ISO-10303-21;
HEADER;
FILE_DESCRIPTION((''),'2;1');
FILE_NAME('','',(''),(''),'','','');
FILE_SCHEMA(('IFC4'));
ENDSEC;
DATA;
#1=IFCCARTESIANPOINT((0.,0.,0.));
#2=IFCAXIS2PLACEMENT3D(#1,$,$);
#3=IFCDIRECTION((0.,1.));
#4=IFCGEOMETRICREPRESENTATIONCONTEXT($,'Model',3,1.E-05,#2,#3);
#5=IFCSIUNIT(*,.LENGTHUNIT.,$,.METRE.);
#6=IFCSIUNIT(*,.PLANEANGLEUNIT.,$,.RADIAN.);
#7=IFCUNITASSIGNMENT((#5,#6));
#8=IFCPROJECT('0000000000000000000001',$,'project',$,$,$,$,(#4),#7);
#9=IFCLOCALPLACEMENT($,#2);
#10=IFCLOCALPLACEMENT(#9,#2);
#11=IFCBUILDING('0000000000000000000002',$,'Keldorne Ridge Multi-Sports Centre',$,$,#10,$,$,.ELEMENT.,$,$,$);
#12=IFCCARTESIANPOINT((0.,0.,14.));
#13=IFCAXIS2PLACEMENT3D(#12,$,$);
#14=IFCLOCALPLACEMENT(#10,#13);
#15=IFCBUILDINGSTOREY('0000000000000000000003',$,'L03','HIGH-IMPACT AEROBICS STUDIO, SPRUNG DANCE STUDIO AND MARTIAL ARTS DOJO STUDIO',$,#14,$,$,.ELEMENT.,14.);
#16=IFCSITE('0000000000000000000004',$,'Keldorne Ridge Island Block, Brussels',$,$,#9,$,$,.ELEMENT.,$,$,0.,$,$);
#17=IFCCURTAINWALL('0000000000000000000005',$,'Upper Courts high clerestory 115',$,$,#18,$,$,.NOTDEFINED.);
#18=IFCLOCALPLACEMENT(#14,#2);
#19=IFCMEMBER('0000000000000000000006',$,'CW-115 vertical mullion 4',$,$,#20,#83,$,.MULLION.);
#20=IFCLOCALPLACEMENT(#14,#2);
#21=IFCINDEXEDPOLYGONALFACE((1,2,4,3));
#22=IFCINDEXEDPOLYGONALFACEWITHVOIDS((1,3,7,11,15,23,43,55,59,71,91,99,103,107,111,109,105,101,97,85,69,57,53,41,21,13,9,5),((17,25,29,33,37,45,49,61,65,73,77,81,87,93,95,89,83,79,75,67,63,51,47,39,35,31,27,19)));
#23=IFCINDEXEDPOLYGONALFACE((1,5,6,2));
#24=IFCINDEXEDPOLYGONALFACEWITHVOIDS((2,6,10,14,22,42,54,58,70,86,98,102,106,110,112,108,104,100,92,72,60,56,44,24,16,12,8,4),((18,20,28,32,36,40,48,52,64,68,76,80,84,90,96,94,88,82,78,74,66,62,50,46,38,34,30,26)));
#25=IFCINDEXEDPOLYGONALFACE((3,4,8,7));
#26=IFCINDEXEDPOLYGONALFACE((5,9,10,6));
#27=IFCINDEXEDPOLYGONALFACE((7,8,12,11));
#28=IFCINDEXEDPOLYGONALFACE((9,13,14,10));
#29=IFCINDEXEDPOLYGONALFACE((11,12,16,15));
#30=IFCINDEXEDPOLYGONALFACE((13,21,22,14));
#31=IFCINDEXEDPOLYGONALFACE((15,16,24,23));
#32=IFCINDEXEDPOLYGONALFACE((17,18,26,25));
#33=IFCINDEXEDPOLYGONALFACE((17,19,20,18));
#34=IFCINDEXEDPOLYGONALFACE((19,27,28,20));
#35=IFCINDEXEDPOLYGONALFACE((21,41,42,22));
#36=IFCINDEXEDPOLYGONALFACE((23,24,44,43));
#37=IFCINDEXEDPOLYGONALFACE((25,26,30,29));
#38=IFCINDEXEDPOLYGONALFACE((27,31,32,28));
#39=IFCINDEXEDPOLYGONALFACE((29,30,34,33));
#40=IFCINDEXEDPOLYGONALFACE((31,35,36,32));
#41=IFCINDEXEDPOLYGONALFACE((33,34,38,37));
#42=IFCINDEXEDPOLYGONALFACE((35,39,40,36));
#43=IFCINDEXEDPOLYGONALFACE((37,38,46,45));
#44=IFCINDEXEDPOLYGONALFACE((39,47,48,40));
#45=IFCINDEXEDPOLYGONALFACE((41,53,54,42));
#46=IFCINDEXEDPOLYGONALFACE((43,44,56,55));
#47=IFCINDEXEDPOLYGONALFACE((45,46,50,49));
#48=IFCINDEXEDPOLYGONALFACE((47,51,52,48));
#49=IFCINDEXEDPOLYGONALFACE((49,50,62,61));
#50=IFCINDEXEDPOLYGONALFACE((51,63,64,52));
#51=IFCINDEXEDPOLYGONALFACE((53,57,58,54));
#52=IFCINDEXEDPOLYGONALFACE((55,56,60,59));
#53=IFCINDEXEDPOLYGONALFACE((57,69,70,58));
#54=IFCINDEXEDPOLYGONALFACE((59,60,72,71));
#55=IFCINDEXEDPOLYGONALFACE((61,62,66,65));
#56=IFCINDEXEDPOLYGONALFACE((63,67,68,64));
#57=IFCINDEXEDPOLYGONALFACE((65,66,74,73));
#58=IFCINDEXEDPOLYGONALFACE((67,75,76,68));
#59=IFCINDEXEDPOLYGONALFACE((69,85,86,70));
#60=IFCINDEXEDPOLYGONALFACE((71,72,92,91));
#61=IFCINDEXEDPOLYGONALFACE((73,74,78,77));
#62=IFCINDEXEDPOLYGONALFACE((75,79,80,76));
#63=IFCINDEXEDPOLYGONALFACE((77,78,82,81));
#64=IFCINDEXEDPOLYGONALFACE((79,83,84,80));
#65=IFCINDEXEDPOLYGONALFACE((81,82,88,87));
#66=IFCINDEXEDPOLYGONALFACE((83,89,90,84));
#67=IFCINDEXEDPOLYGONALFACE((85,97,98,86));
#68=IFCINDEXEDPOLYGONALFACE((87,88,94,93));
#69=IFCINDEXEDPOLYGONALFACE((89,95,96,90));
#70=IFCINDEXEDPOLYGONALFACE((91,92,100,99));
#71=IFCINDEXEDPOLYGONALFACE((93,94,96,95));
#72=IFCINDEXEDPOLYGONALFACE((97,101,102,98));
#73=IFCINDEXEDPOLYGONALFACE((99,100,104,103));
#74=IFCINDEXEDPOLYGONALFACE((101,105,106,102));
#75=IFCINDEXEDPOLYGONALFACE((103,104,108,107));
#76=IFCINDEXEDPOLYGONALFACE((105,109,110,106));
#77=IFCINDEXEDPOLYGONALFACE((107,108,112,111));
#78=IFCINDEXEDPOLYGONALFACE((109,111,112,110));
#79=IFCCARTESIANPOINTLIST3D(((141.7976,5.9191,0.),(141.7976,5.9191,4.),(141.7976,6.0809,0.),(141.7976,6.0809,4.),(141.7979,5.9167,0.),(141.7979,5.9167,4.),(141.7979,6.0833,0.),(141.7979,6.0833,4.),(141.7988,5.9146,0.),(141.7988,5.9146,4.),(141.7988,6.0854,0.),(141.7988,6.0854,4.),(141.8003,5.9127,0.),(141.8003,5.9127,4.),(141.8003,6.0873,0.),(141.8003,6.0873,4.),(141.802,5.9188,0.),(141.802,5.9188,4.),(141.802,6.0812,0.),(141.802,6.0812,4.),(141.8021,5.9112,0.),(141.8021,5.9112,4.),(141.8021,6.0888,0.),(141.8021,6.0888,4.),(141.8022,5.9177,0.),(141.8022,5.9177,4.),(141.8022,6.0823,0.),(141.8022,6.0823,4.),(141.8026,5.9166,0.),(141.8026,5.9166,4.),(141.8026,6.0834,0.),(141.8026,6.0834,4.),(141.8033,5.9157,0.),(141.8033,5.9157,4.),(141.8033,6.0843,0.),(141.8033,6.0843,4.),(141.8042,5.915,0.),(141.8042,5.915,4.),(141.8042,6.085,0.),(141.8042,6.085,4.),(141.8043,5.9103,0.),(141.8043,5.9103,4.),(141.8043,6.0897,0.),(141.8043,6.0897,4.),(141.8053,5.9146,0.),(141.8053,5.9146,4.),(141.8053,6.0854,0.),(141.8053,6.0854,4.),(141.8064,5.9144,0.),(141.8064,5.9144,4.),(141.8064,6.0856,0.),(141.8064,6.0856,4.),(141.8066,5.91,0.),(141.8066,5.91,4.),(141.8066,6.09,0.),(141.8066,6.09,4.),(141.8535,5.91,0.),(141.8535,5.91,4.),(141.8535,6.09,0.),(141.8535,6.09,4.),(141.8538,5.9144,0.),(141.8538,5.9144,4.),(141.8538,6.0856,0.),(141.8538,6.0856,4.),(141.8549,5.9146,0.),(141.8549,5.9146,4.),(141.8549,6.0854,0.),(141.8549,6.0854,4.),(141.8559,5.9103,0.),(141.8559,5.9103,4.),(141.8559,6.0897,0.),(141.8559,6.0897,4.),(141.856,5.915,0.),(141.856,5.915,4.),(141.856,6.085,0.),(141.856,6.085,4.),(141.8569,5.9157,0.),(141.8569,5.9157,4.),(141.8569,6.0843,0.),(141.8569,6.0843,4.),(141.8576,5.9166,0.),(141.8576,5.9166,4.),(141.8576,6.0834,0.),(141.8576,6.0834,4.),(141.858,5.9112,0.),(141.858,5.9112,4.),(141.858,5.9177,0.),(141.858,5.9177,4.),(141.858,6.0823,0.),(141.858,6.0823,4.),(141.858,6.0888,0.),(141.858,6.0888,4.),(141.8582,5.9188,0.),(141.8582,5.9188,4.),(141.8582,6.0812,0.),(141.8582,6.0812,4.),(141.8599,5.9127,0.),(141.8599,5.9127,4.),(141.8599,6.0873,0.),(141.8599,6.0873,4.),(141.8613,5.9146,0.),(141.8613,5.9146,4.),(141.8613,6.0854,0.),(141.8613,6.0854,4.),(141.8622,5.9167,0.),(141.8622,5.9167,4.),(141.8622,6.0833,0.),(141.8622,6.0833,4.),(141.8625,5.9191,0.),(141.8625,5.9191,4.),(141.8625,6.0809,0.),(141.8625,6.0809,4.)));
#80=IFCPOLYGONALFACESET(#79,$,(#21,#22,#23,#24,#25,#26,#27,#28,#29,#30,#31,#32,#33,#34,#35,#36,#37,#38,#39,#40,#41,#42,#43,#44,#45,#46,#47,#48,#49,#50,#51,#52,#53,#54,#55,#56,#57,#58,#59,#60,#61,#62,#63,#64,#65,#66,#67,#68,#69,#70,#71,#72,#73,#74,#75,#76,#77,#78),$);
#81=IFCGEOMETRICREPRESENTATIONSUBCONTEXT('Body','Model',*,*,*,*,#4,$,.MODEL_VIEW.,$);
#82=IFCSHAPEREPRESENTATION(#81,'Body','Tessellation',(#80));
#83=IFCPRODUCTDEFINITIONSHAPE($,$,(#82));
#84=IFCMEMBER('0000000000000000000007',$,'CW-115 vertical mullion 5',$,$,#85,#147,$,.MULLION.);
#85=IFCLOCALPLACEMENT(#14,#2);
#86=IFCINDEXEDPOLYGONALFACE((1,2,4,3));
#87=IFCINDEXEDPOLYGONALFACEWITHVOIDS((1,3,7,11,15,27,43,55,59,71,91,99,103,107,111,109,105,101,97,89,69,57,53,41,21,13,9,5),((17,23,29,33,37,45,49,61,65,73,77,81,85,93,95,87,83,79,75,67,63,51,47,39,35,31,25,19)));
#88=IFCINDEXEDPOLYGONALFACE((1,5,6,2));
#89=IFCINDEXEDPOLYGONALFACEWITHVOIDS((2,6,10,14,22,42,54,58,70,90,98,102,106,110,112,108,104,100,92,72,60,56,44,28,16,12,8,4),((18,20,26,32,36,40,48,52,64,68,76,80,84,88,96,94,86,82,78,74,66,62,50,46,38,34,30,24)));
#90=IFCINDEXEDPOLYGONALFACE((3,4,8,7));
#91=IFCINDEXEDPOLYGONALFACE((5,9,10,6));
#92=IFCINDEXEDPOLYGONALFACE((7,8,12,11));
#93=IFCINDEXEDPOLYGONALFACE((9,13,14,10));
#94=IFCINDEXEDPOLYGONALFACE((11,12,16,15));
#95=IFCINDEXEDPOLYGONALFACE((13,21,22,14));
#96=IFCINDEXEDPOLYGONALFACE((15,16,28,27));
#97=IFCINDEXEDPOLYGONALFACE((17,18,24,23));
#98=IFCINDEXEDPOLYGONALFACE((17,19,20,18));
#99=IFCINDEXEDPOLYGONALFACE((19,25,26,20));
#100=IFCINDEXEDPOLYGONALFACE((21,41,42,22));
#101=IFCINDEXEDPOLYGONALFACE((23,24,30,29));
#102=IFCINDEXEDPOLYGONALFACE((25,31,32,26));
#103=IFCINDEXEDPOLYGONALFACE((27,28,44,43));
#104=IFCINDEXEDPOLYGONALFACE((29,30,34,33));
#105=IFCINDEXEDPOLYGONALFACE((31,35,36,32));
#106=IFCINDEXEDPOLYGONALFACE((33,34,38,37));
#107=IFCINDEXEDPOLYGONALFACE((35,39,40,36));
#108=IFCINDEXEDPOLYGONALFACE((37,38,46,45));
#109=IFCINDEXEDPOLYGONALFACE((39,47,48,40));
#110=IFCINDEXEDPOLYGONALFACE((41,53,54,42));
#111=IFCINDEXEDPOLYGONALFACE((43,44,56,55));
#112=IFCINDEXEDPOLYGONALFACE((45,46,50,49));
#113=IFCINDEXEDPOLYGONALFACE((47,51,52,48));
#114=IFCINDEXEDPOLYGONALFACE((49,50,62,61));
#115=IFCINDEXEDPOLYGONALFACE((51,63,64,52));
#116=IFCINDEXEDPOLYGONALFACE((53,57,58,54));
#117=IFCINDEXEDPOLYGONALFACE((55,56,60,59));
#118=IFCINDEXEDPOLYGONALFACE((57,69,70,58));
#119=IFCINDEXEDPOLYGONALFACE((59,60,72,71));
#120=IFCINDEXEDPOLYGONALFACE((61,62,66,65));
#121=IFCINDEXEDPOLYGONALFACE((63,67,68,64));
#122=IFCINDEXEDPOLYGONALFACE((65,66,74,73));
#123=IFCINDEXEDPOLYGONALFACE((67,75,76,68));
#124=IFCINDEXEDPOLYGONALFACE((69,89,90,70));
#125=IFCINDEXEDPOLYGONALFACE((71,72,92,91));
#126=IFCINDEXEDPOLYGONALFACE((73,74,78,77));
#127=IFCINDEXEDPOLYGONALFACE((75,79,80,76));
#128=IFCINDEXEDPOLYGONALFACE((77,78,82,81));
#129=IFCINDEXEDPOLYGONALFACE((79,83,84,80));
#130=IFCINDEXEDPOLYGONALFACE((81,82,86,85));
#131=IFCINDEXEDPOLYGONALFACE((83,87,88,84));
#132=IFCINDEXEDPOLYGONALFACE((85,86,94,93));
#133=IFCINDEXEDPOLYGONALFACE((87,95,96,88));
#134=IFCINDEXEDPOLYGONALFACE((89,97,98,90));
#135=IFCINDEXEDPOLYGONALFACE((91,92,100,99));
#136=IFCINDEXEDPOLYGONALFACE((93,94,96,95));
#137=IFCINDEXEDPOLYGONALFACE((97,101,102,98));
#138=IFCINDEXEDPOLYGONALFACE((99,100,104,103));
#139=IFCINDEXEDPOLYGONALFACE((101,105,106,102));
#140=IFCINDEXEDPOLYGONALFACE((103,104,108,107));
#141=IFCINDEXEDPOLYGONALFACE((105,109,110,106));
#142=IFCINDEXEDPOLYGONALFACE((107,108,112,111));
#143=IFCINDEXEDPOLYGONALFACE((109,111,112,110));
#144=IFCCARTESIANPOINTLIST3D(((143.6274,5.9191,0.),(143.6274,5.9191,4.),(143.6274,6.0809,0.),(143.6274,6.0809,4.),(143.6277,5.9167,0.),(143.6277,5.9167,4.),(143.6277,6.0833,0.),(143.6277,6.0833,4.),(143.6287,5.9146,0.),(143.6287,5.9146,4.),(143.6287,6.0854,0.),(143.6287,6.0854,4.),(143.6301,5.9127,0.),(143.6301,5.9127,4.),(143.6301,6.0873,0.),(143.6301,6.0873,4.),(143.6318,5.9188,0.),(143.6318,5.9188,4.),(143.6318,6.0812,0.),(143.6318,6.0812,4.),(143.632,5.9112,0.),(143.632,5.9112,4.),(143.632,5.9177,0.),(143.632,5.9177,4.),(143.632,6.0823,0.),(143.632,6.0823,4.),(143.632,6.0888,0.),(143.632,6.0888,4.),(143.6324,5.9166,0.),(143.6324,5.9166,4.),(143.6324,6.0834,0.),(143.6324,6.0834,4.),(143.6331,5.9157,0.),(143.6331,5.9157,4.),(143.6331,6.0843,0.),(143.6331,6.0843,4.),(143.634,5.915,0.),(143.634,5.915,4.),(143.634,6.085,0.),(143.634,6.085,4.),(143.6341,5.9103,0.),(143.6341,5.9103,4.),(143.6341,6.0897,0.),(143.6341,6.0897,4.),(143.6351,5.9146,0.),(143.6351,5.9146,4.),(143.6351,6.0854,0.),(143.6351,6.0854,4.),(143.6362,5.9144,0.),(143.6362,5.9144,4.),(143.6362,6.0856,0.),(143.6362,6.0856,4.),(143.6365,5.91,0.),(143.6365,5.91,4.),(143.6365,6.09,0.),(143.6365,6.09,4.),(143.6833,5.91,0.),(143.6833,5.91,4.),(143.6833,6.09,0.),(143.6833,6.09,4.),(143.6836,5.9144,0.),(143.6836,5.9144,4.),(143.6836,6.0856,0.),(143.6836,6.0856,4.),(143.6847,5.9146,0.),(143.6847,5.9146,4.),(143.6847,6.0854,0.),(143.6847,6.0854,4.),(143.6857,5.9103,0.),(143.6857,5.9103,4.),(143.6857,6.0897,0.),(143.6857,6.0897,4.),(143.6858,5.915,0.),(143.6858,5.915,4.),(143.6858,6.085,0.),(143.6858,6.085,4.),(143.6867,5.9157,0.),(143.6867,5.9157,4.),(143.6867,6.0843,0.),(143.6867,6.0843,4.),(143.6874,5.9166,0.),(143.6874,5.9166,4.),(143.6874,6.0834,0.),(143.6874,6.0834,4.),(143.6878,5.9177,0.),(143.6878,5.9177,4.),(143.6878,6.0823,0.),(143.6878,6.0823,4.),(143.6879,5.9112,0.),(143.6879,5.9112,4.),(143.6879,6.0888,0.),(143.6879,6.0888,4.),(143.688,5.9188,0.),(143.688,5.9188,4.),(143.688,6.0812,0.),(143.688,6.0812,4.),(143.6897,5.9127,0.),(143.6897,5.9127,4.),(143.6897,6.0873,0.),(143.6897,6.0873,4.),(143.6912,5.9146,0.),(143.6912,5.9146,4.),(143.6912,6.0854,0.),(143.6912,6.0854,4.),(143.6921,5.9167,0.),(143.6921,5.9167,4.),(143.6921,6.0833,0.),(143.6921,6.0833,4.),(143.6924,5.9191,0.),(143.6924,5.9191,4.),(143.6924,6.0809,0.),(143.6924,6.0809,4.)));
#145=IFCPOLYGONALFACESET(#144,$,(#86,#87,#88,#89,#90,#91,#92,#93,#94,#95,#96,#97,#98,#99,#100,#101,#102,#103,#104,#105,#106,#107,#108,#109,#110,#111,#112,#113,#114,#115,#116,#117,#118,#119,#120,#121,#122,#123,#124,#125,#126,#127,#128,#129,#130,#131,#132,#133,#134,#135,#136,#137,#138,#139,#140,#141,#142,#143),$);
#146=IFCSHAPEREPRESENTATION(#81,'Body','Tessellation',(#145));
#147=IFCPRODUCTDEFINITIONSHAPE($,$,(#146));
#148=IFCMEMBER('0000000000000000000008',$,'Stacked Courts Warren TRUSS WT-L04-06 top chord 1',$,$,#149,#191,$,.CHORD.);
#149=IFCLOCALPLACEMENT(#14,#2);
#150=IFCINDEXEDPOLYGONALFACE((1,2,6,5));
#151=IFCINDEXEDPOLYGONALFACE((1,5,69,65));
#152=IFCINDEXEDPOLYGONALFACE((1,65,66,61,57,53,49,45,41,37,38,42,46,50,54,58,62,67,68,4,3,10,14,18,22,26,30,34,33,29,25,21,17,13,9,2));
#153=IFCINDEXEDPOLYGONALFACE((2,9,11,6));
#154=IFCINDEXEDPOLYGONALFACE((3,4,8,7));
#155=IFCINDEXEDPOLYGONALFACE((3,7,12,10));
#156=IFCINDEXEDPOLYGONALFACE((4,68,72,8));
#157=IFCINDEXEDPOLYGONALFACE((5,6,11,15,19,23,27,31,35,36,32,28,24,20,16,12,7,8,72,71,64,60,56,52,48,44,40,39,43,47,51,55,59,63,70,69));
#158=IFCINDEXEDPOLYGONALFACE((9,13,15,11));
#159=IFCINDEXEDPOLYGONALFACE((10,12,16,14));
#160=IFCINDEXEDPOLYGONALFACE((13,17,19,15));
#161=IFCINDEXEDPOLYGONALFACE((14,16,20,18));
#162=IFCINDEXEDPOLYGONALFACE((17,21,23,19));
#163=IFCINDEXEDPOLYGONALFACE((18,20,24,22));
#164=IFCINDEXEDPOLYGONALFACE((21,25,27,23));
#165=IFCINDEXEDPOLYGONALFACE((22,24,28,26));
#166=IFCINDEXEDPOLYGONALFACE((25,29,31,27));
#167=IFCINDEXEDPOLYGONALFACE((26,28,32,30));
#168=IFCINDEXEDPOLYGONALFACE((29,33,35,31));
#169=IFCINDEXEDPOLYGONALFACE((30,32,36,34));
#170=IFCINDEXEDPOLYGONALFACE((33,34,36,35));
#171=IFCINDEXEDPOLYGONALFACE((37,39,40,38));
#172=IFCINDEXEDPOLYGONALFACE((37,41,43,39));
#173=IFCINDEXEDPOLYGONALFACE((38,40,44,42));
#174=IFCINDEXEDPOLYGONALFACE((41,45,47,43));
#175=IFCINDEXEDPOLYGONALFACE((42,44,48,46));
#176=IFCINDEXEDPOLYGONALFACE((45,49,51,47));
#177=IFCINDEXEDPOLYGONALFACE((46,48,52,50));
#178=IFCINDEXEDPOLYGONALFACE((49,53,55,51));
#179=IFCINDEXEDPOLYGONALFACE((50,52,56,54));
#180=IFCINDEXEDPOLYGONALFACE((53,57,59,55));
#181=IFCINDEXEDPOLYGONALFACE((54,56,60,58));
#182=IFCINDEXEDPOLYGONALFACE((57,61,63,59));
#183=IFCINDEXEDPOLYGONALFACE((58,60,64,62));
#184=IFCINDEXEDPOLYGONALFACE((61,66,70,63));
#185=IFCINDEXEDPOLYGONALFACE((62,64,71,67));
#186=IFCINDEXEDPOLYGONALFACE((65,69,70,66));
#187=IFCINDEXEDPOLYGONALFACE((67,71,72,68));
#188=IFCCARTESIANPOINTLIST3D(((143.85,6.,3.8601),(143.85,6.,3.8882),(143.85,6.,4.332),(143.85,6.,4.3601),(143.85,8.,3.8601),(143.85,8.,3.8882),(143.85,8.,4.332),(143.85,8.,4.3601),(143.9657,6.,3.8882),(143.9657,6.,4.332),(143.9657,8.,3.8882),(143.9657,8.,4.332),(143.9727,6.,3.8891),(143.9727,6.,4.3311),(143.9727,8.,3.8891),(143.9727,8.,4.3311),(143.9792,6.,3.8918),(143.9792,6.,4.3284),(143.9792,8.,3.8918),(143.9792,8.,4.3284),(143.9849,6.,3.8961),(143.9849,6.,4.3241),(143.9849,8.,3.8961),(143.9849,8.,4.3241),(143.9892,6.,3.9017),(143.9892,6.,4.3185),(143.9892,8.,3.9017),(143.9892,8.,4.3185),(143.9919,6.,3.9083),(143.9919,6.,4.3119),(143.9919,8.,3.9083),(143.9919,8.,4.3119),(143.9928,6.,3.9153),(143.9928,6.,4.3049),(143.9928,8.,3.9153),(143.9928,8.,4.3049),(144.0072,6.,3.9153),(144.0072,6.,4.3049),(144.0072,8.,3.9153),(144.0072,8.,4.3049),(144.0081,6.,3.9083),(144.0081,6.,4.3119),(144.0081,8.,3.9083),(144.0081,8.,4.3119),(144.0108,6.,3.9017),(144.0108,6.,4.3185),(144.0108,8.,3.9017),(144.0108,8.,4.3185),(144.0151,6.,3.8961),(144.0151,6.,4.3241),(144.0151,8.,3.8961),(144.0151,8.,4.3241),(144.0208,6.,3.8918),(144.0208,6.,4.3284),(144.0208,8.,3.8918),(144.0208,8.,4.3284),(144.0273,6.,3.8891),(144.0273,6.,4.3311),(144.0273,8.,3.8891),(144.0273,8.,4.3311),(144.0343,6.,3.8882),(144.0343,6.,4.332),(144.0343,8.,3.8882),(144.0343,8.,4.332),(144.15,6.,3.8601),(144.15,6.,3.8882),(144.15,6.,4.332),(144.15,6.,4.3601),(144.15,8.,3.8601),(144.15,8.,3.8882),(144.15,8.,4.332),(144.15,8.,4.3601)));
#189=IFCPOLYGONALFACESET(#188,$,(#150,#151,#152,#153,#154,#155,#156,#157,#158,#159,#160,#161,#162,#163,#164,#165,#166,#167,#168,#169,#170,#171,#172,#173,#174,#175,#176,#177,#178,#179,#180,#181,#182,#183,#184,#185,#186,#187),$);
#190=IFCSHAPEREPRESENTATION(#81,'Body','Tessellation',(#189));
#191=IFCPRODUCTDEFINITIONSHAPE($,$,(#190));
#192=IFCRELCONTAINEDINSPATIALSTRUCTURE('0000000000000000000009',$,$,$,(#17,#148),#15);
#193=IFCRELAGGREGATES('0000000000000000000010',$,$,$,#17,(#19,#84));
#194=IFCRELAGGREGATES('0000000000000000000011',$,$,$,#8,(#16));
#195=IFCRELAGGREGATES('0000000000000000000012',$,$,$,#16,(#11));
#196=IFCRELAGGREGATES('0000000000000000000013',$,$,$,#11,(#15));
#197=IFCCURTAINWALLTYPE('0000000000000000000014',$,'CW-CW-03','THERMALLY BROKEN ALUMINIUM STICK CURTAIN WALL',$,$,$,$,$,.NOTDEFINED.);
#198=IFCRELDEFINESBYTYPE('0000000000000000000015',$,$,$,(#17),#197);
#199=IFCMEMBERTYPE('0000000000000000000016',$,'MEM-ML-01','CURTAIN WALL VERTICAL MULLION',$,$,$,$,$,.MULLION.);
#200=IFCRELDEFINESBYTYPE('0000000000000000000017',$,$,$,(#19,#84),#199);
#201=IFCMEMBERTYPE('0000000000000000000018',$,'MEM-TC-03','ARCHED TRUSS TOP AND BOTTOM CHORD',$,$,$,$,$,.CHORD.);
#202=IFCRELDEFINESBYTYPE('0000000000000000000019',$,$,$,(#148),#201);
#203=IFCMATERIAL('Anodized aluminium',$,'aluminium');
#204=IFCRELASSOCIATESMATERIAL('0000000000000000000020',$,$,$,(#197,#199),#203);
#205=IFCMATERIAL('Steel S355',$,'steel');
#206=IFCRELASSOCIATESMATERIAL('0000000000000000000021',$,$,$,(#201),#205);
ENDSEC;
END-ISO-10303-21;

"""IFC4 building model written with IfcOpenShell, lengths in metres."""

from ifc_helpers import new_model, si_unit, direction, frame, origin, origin_2d, place, context, subcontext, project, spatial, hollow_rectangle, i_section, extrude, material, material_profile, profile_set, type_object, element, aggregate, save


model = new_model("IFC4")

# Units and contexts
model_context = context("Model", 3, precision=1e-05, world=origin(), true_north=direction((0.0, 1.0)))
body_context = subcontext(model_context, "Body", "Model", "MODEL_VIEW")
ifc_project = project(units=[si_unit("LENGTHUNIT", "METRE"), si_unit("PLANEANGLEUNIT", "RADIAN")], contexts=[model_context])

# Site, building, storey
site_placement = place(None, origin())
site = spatial("IfcSite", under=ifc_project, at=site_placement, Name="Keldorne Ridge Island Block, Brussels", CompositionType="ELEMENT", RefElevation=0.0)
building_placement = place(site_placement, origin())
building = spatial("IfcBuilding", under=site, at=building_placement, Name="Keldorne Ridge Multi-Sports Centre", CompositionType="ELEMENT")
storey_placement = place(building_placement, frame((0.0, 0.0, 14.0)))
storey = spatial("IfcBuildingStorey", under=building, at=storey_placement, Name="L03", Description="HIGH-IMPACT AEROBICS STUDIO, SPRUNG DANCE STUDIO AND MARTIAL ARTS DOJO STUDIO", CompositionType="ELEMENT", Elevation=14.0)

# Shared definitions
ifc_material_1 = material(Name="Steel S355", Category="steel")

# Curtain wall, members
ifc_material_2 = material(Name="Anodized aluminium", Category="aluminium")
curtain_wall_type = type_object("IfcCurtainWallType", Name="CW-CW-03", Description="THERMALLY BROKEN ALUMINIUM STICK CURTAIN WALL", PredefinedType="NOTDEFINED", material=ifc_material_2)
curtain_wall_placement = place(storey_placement, origin())
curtain_wall = element("IfcCurtainWall", 1, at=curtain_wall_placement, inside=storey, type_object=curtain_wall_type, Name="Upper Courts high clerestory 115", PredefinedType="NOTDEFINED")
ifc_material_profile_1 = material_profile(ifc_material_2, hollow_rectangle(XDim=0.0649, YDim=0.1799, WallThickness=0.0044, InnerFilletRadius=0.0044, OuterFilletRadius=0.009, at=origin_2d()), Name="ALU MULLION 180x65x4.5")
ifc_profile_set_1 = profile_set([ifc_material_profile_1], Name="Anodized aluminium")
member_type_1 = type_object("IfcMemberType", Name="MEM-ML-01", Description="CURTAIN WALL VERTICAL MULLION", PredefinedType="MULLION", material=ifc_profile_set_1)
member_1_placement = place(storey_placement, frame((141.8301, 6.0, 0.0), z_axis=(0.0, 0.0, 1.0), x_axis=(1.0, 0.0, 0.0)))
member_1 = element("IfcMember", 2, at=member_1_placement, type_object=member_type_1, Name="CW-115 vertical mullion 4", PredefinedType="MULLION", context=body_context, shape_type="SweptSolid", body=[
    extrude(hollow_rectangle(XDim=0.0649, YDim=0.1799, WallThickness=0.0044, InnerFilletRadius=0.0044, OuterFilletRadius=0.009, at=origin_2d()), origin(), (0.0, 0.0, 1.0), 4.0),
])
member_2_placement = place(storey_placement, frame((143.6599, 6.0, 0.0), z_axis=(0.0, 0.0, 1.0), x_axis=(1.0, 0.0, 0.0)))
member_2 = element("IfcMember", 3, at=member_2_placement, type_object=member_type_1, Name="CW-115 vertical mullion 5", PredefinedType="MULLION", context=body_context, shape_type="SweptSolid", body=[
    extrude(hollow_rectangle(XDim=0.0649, YDim=0.1799, WallThickness=0.0044, InnerFilletRadius=0.0044, OuterFilletRadius=0.009, at=origin_2d()), origin(), (0.0, 0.0, 1.0), 4.0),
])

# Member
ifc_material_profile_2 = material_profile(ifc_material_1, i_section(OverallWidth=0.3, OverallDepth=0.5, WebThickness=0.0144, FlangeThickness=0.0281, FilletRadius=0.0271, at=origin_2d()), Name="HEB 500")
ifc_profile_set_2 = profile_set([ifc_material_profile_2], Name="Steel S355")
member_type_2 = type_object("IfcMemberType", Name="MEM-TC-03", Description="ARCHED TRUSS TOP AND BOTTOM CHORD", PredefinedType="CHORD", material=ifc_profile_set_2)
for number, where, z_axis, x_axis, name in (
    (4, (144.0, 6.0, 4.1101), (0.0, 1.0, 0.0), (-1.0, 0.0, 0.0), "Stacked Courts Warren TRUSS WT-L04-06 top chord 1"),
):
    element("IfcMember", number, at=place(storey_placement, frame(where, z_axis=z_axis, x_axis=x_axis)), inside=storey, type_object=member_type_2, Name=name, PredefinedType="CHORD", context=body_context, shape_type="SweptSolid", body=[
        extrude(i_section(OverallWidth=0.3, OverallDepth=0.5, WebThickness=0.0144, FlangeThickness=0.0281, FilletRadius=0.0271, at=origin_2d()), origin(), (0.0, 0.0, 1.0), 2.0),
    ])

aggregate(curtain_wall, [member_1, member_2])

save(model, "model.ifc")
